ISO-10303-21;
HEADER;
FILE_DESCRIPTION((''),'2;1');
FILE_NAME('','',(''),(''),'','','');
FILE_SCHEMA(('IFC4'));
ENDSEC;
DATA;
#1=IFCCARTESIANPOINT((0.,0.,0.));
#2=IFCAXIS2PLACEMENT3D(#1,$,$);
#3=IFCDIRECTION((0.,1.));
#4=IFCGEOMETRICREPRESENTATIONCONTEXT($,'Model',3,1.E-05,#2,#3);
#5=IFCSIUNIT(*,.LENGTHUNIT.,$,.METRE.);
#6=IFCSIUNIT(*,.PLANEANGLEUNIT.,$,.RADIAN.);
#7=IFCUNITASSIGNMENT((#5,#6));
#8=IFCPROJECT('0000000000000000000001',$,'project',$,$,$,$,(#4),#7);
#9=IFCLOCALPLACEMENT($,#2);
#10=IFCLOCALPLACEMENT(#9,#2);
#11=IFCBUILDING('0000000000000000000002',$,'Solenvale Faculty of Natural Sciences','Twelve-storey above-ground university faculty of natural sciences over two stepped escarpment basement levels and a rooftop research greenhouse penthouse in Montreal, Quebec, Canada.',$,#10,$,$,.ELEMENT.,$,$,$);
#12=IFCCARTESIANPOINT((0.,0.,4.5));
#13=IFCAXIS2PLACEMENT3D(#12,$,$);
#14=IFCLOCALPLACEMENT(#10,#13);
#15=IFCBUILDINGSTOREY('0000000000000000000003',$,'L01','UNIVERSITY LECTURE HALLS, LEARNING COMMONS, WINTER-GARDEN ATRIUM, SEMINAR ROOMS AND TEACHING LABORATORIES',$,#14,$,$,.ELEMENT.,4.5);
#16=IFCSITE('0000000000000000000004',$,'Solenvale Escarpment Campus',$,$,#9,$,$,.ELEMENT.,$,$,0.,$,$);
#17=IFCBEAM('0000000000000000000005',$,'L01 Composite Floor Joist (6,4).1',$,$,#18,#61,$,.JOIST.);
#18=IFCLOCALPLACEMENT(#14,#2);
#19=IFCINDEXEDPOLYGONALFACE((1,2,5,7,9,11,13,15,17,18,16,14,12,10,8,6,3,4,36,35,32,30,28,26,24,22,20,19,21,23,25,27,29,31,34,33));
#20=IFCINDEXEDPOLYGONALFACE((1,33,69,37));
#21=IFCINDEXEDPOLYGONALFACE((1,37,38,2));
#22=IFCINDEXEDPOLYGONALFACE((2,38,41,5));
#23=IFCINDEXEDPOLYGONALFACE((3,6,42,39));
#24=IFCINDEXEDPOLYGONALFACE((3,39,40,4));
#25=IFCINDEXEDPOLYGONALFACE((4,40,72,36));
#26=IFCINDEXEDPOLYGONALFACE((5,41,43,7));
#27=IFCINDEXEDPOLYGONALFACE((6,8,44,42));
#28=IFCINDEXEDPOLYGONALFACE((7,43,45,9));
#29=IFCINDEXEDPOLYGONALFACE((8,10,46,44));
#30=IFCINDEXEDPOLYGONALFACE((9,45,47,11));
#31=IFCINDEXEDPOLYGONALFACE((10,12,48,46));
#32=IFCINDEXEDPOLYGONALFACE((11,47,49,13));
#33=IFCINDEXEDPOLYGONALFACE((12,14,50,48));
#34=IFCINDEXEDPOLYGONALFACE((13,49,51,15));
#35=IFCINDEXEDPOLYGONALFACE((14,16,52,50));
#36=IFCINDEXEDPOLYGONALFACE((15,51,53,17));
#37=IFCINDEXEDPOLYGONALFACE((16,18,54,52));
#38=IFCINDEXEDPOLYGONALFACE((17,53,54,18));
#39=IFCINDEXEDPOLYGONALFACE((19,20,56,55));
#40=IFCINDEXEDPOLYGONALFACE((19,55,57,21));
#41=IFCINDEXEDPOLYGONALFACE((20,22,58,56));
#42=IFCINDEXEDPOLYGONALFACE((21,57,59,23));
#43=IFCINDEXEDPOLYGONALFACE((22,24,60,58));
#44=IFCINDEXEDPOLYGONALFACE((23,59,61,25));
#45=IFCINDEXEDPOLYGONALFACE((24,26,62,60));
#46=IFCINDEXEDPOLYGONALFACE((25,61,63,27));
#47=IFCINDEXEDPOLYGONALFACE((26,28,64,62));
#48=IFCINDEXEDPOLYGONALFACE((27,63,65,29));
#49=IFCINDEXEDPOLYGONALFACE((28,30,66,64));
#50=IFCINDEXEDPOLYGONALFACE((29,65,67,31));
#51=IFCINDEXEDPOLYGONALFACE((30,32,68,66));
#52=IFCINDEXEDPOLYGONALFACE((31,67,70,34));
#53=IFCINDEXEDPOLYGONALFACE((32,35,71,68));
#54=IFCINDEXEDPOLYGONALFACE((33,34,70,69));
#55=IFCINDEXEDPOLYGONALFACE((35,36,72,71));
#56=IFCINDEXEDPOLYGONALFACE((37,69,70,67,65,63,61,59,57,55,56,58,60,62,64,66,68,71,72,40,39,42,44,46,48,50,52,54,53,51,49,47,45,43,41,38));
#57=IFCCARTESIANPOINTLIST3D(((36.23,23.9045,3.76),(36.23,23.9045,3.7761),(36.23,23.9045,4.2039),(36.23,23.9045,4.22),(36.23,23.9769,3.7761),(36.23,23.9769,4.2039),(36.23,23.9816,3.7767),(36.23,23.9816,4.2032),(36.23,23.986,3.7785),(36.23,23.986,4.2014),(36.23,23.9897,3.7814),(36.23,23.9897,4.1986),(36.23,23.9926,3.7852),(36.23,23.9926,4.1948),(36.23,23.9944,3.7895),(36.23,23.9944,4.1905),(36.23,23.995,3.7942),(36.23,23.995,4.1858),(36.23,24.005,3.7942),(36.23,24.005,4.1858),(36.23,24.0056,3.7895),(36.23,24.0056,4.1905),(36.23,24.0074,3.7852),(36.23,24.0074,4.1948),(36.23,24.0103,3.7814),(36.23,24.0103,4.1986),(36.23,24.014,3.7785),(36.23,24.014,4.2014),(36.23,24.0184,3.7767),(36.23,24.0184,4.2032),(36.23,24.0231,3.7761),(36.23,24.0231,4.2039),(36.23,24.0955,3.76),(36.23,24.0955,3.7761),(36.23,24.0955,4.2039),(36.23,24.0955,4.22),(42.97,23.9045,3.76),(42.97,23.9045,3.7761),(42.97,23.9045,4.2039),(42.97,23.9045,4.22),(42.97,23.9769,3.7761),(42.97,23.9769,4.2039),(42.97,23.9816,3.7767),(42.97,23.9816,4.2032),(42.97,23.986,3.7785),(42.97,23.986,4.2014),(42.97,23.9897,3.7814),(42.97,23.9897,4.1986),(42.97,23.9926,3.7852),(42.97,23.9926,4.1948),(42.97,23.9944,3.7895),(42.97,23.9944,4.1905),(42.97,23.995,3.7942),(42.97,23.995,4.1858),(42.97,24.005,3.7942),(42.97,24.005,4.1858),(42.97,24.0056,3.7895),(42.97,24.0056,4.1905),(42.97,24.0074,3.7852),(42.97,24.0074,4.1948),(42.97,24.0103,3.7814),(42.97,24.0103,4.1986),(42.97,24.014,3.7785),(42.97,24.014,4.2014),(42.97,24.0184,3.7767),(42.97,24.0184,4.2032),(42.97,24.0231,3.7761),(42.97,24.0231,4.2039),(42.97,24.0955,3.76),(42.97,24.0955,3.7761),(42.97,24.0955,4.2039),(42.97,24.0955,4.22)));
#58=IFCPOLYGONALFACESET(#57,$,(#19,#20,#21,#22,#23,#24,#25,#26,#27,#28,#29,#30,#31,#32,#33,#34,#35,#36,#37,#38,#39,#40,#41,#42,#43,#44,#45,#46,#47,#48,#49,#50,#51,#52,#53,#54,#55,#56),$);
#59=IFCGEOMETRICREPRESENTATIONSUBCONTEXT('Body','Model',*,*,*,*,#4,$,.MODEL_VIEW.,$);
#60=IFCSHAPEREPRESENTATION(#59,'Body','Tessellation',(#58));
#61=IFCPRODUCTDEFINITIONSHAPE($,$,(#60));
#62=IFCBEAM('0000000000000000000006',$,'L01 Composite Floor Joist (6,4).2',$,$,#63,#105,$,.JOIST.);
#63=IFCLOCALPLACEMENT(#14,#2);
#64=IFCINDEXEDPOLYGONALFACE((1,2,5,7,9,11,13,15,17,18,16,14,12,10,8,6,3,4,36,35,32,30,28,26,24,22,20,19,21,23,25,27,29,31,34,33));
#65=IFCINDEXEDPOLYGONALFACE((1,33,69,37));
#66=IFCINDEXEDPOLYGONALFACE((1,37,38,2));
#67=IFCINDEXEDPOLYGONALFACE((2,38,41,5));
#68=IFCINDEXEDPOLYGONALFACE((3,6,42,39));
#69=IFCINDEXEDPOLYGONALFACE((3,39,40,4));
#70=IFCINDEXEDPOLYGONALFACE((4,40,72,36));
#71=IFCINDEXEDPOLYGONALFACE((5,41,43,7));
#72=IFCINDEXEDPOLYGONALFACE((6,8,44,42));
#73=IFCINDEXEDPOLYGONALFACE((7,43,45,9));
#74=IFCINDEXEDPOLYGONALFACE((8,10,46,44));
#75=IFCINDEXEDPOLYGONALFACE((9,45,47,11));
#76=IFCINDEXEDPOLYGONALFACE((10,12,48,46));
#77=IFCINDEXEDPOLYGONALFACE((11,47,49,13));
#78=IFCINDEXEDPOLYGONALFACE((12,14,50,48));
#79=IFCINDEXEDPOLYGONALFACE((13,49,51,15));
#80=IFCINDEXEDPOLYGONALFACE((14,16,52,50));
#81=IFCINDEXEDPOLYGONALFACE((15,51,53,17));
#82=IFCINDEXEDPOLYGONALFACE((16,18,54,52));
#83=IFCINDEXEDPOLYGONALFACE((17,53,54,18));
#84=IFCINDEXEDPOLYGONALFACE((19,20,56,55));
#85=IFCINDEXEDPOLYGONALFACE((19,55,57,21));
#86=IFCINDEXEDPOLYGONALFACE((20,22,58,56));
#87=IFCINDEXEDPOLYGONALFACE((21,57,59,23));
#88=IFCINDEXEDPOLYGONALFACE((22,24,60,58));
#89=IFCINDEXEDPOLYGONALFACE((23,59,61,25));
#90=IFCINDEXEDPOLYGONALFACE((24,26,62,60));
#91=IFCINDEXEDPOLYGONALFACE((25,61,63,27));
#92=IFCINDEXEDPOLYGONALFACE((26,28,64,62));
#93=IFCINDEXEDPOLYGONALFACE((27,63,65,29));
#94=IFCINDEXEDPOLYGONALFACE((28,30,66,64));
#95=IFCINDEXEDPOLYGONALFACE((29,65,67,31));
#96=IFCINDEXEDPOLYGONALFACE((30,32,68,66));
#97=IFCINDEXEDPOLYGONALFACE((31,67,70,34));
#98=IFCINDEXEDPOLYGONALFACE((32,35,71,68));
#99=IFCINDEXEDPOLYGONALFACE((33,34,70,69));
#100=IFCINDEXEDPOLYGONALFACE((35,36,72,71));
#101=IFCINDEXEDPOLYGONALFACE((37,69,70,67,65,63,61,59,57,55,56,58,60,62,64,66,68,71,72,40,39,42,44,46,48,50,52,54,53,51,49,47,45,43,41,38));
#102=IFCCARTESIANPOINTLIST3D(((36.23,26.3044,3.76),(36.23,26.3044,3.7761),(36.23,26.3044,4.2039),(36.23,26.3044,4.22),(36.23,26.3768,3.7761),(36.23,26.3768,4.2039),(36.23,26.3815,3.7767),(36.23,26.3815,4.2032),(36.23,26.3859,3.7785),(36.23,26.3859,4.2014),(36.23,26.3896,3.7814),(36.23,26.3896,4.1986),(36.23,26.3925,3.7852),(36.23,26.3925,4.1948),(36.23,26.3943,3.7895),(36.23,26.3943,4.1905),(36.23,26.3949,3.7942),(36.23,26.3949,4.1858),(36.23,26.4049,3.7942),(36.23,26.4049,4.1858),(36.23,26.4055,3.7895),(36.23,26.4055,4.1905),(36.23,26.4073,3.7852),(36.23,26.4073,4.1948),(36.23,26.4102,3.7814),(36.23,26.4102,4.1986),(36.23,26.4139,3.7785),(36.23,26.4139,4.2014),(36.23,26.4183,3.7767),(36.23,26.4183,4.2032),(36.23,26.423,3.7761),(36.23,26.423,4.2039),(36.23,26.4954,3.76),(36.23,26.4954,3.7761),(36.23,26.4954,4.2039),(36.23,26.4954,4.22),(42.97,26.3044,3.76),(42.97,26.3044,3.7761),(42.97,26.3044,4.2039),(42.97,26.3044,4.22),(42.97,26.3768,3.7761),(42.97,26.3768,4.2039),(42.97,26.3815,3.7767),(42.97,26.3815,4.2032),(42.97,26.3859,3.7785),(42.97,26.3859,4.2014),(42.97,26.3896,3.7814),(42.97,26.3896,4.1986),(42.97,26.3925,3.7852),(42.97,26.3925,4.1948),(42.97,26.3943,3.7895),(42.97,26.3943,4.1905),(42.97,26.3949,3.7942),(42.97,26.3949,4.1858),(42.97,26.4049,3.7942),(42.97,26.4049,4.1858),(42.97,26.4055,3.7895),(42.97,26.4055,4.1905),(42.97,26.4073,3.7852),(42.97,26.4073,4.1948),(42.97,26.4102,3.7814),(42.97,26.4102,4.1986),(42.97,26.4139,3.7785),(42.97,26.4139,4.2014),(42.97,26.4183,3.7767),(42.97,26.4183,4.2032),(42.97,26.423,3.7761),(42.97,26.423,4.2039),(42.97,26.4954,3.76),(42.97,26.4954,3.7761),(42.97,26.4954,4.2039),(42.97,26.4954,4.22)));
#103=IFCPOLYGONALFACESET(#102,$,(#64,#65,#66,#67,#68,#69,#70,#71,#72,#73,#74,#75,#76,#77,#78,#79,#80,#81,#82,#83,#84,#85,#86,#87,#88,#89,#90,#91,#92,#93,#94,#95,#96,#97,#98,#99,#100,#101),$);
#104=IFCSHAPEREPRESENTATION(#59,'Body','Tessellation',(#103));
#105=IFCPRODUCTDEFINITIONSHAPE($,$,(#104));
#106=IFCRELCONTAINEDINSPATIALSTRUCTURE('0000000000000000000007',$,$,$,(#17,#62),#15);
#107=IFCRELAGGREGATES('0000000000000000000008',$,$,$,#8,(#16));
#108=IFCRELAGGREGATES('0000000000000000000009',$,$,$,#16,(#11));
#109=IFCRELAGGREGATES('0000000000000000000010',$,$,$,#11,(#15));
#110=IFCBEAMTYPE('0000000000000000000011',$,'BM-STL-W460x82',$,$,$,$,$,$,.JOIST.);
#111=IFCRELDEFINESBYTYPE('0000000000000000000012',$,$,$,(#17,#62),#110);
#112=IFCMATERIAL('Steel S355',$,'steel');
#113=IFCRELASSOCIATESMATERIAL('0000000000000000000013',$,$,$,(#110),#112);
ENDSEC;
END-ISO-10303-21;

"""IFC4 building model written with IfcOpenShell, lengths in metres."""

from ifc_helpers import new_model, si_unit, direction, frame, origin, origin_2d, place, context, subcontext, project, spatial, i_section, extrude, material, material_profile, profile_set, type_object, element, save


model = new_model("IFC4")

# Units and contexts
model_context = context("Model", 3, precision=1e-05, world=origin(), true_north=direction((0.0, 1.0)))
body_context = subcontext(model_context, "Body", "Model", "MODEL_VIEW")
ifc_project = project(units=[si_unit("LENGTHUNIT", "METRE"), si_unit("PLANEANGLEUNIT", "RADIAN")], contexts=[model_context])

# Site, building, storey
site_placement = place(None, origin())
site = spatial("IfcSite", under=ifc_project, at=site_placement, Name="Solenvale Escarpment Campus", CompositionType="ELEMENT", RefElevation=0.0)
building_placement = place(site_placement, origin())
building = spatial("IfcBuilding", under=site, at=building_placement, Name="Solenvale Faculty of Natural Sciences", Description="Twelve-storey above-ground university faculty of natural sciences over two stepped escarpment basement levels and a rooftop research greenhouse penthouse in Montreal, Quebec, Canada.", CompositionType="ELEMENT")
storey_placement = place(building_placement, frame((0.0, 0.0, 4.5)))
storey = spatial("IfcBuildingStorey", under=building, at=storey_placement, Name="L01", Description="UNIVERSITY LECTURE HALLS, LEARNING COMMONS, WINTER-GARDEN ATRIUM, SEMINAR ROOMS AND TEACHING LABORATORIES", CompositionType="ELEMENT", Elevation=4.5)

# Beams
ifc_material_1 = material(Name="Steel S355", Category="steel")
ifc_material_profile_1 = material_profile(ifc_material_1, i_section(OverallWidth=0.1909, OverallDepth=0.46, WebThickness=0.01, FlangeThickness=0.0161, FilletRadius=0.0181, at=origin_2d()), Name="W460x82")
ifc_profile_set_1 = profile_set([ifc_material_profile_1], Name="Steel S355")
beam_type_1 = type_object("IfcBeamType", Name="BM-STL-W460x82", PredefinedType="JOIST", material=ifc_profile_set_1)
for number, where, z_axis, x_axis, name in (
    (1, (36.23, 24.0, 3.99), (1.0, 0.0, 0.0), (0.0, 1.0, 0.0), "L01 Composite Floor Joist (6,4).1"),
    (2, (36.23, 26.3999, 3.99), (1.0, 0.0, 0.0), (0.0, 1.0, 0.0), "L01 Composite Floor Joist (6,4).2"),
):
    element("IfcBeam", number, at=place(storey_placement, frame(where, z_axis=z_axis, x_axis=x_axis)), inside=storey, type_object=beam_type_1, Name=name, PredefinedType="JOIST", context=body_context, shape_type="SweptSolid", body=[
        extrude(i_section(OverallWidth=0.1909, OverallDepth=0.46, WebThickness=0.01, FlangeThickness=0.0161, FilletRadius=0.0181, at=origin_2d()), origin(), (0.0, 0.0, 1.0), 6.74),
    ])

save(model, "model.ifc")
